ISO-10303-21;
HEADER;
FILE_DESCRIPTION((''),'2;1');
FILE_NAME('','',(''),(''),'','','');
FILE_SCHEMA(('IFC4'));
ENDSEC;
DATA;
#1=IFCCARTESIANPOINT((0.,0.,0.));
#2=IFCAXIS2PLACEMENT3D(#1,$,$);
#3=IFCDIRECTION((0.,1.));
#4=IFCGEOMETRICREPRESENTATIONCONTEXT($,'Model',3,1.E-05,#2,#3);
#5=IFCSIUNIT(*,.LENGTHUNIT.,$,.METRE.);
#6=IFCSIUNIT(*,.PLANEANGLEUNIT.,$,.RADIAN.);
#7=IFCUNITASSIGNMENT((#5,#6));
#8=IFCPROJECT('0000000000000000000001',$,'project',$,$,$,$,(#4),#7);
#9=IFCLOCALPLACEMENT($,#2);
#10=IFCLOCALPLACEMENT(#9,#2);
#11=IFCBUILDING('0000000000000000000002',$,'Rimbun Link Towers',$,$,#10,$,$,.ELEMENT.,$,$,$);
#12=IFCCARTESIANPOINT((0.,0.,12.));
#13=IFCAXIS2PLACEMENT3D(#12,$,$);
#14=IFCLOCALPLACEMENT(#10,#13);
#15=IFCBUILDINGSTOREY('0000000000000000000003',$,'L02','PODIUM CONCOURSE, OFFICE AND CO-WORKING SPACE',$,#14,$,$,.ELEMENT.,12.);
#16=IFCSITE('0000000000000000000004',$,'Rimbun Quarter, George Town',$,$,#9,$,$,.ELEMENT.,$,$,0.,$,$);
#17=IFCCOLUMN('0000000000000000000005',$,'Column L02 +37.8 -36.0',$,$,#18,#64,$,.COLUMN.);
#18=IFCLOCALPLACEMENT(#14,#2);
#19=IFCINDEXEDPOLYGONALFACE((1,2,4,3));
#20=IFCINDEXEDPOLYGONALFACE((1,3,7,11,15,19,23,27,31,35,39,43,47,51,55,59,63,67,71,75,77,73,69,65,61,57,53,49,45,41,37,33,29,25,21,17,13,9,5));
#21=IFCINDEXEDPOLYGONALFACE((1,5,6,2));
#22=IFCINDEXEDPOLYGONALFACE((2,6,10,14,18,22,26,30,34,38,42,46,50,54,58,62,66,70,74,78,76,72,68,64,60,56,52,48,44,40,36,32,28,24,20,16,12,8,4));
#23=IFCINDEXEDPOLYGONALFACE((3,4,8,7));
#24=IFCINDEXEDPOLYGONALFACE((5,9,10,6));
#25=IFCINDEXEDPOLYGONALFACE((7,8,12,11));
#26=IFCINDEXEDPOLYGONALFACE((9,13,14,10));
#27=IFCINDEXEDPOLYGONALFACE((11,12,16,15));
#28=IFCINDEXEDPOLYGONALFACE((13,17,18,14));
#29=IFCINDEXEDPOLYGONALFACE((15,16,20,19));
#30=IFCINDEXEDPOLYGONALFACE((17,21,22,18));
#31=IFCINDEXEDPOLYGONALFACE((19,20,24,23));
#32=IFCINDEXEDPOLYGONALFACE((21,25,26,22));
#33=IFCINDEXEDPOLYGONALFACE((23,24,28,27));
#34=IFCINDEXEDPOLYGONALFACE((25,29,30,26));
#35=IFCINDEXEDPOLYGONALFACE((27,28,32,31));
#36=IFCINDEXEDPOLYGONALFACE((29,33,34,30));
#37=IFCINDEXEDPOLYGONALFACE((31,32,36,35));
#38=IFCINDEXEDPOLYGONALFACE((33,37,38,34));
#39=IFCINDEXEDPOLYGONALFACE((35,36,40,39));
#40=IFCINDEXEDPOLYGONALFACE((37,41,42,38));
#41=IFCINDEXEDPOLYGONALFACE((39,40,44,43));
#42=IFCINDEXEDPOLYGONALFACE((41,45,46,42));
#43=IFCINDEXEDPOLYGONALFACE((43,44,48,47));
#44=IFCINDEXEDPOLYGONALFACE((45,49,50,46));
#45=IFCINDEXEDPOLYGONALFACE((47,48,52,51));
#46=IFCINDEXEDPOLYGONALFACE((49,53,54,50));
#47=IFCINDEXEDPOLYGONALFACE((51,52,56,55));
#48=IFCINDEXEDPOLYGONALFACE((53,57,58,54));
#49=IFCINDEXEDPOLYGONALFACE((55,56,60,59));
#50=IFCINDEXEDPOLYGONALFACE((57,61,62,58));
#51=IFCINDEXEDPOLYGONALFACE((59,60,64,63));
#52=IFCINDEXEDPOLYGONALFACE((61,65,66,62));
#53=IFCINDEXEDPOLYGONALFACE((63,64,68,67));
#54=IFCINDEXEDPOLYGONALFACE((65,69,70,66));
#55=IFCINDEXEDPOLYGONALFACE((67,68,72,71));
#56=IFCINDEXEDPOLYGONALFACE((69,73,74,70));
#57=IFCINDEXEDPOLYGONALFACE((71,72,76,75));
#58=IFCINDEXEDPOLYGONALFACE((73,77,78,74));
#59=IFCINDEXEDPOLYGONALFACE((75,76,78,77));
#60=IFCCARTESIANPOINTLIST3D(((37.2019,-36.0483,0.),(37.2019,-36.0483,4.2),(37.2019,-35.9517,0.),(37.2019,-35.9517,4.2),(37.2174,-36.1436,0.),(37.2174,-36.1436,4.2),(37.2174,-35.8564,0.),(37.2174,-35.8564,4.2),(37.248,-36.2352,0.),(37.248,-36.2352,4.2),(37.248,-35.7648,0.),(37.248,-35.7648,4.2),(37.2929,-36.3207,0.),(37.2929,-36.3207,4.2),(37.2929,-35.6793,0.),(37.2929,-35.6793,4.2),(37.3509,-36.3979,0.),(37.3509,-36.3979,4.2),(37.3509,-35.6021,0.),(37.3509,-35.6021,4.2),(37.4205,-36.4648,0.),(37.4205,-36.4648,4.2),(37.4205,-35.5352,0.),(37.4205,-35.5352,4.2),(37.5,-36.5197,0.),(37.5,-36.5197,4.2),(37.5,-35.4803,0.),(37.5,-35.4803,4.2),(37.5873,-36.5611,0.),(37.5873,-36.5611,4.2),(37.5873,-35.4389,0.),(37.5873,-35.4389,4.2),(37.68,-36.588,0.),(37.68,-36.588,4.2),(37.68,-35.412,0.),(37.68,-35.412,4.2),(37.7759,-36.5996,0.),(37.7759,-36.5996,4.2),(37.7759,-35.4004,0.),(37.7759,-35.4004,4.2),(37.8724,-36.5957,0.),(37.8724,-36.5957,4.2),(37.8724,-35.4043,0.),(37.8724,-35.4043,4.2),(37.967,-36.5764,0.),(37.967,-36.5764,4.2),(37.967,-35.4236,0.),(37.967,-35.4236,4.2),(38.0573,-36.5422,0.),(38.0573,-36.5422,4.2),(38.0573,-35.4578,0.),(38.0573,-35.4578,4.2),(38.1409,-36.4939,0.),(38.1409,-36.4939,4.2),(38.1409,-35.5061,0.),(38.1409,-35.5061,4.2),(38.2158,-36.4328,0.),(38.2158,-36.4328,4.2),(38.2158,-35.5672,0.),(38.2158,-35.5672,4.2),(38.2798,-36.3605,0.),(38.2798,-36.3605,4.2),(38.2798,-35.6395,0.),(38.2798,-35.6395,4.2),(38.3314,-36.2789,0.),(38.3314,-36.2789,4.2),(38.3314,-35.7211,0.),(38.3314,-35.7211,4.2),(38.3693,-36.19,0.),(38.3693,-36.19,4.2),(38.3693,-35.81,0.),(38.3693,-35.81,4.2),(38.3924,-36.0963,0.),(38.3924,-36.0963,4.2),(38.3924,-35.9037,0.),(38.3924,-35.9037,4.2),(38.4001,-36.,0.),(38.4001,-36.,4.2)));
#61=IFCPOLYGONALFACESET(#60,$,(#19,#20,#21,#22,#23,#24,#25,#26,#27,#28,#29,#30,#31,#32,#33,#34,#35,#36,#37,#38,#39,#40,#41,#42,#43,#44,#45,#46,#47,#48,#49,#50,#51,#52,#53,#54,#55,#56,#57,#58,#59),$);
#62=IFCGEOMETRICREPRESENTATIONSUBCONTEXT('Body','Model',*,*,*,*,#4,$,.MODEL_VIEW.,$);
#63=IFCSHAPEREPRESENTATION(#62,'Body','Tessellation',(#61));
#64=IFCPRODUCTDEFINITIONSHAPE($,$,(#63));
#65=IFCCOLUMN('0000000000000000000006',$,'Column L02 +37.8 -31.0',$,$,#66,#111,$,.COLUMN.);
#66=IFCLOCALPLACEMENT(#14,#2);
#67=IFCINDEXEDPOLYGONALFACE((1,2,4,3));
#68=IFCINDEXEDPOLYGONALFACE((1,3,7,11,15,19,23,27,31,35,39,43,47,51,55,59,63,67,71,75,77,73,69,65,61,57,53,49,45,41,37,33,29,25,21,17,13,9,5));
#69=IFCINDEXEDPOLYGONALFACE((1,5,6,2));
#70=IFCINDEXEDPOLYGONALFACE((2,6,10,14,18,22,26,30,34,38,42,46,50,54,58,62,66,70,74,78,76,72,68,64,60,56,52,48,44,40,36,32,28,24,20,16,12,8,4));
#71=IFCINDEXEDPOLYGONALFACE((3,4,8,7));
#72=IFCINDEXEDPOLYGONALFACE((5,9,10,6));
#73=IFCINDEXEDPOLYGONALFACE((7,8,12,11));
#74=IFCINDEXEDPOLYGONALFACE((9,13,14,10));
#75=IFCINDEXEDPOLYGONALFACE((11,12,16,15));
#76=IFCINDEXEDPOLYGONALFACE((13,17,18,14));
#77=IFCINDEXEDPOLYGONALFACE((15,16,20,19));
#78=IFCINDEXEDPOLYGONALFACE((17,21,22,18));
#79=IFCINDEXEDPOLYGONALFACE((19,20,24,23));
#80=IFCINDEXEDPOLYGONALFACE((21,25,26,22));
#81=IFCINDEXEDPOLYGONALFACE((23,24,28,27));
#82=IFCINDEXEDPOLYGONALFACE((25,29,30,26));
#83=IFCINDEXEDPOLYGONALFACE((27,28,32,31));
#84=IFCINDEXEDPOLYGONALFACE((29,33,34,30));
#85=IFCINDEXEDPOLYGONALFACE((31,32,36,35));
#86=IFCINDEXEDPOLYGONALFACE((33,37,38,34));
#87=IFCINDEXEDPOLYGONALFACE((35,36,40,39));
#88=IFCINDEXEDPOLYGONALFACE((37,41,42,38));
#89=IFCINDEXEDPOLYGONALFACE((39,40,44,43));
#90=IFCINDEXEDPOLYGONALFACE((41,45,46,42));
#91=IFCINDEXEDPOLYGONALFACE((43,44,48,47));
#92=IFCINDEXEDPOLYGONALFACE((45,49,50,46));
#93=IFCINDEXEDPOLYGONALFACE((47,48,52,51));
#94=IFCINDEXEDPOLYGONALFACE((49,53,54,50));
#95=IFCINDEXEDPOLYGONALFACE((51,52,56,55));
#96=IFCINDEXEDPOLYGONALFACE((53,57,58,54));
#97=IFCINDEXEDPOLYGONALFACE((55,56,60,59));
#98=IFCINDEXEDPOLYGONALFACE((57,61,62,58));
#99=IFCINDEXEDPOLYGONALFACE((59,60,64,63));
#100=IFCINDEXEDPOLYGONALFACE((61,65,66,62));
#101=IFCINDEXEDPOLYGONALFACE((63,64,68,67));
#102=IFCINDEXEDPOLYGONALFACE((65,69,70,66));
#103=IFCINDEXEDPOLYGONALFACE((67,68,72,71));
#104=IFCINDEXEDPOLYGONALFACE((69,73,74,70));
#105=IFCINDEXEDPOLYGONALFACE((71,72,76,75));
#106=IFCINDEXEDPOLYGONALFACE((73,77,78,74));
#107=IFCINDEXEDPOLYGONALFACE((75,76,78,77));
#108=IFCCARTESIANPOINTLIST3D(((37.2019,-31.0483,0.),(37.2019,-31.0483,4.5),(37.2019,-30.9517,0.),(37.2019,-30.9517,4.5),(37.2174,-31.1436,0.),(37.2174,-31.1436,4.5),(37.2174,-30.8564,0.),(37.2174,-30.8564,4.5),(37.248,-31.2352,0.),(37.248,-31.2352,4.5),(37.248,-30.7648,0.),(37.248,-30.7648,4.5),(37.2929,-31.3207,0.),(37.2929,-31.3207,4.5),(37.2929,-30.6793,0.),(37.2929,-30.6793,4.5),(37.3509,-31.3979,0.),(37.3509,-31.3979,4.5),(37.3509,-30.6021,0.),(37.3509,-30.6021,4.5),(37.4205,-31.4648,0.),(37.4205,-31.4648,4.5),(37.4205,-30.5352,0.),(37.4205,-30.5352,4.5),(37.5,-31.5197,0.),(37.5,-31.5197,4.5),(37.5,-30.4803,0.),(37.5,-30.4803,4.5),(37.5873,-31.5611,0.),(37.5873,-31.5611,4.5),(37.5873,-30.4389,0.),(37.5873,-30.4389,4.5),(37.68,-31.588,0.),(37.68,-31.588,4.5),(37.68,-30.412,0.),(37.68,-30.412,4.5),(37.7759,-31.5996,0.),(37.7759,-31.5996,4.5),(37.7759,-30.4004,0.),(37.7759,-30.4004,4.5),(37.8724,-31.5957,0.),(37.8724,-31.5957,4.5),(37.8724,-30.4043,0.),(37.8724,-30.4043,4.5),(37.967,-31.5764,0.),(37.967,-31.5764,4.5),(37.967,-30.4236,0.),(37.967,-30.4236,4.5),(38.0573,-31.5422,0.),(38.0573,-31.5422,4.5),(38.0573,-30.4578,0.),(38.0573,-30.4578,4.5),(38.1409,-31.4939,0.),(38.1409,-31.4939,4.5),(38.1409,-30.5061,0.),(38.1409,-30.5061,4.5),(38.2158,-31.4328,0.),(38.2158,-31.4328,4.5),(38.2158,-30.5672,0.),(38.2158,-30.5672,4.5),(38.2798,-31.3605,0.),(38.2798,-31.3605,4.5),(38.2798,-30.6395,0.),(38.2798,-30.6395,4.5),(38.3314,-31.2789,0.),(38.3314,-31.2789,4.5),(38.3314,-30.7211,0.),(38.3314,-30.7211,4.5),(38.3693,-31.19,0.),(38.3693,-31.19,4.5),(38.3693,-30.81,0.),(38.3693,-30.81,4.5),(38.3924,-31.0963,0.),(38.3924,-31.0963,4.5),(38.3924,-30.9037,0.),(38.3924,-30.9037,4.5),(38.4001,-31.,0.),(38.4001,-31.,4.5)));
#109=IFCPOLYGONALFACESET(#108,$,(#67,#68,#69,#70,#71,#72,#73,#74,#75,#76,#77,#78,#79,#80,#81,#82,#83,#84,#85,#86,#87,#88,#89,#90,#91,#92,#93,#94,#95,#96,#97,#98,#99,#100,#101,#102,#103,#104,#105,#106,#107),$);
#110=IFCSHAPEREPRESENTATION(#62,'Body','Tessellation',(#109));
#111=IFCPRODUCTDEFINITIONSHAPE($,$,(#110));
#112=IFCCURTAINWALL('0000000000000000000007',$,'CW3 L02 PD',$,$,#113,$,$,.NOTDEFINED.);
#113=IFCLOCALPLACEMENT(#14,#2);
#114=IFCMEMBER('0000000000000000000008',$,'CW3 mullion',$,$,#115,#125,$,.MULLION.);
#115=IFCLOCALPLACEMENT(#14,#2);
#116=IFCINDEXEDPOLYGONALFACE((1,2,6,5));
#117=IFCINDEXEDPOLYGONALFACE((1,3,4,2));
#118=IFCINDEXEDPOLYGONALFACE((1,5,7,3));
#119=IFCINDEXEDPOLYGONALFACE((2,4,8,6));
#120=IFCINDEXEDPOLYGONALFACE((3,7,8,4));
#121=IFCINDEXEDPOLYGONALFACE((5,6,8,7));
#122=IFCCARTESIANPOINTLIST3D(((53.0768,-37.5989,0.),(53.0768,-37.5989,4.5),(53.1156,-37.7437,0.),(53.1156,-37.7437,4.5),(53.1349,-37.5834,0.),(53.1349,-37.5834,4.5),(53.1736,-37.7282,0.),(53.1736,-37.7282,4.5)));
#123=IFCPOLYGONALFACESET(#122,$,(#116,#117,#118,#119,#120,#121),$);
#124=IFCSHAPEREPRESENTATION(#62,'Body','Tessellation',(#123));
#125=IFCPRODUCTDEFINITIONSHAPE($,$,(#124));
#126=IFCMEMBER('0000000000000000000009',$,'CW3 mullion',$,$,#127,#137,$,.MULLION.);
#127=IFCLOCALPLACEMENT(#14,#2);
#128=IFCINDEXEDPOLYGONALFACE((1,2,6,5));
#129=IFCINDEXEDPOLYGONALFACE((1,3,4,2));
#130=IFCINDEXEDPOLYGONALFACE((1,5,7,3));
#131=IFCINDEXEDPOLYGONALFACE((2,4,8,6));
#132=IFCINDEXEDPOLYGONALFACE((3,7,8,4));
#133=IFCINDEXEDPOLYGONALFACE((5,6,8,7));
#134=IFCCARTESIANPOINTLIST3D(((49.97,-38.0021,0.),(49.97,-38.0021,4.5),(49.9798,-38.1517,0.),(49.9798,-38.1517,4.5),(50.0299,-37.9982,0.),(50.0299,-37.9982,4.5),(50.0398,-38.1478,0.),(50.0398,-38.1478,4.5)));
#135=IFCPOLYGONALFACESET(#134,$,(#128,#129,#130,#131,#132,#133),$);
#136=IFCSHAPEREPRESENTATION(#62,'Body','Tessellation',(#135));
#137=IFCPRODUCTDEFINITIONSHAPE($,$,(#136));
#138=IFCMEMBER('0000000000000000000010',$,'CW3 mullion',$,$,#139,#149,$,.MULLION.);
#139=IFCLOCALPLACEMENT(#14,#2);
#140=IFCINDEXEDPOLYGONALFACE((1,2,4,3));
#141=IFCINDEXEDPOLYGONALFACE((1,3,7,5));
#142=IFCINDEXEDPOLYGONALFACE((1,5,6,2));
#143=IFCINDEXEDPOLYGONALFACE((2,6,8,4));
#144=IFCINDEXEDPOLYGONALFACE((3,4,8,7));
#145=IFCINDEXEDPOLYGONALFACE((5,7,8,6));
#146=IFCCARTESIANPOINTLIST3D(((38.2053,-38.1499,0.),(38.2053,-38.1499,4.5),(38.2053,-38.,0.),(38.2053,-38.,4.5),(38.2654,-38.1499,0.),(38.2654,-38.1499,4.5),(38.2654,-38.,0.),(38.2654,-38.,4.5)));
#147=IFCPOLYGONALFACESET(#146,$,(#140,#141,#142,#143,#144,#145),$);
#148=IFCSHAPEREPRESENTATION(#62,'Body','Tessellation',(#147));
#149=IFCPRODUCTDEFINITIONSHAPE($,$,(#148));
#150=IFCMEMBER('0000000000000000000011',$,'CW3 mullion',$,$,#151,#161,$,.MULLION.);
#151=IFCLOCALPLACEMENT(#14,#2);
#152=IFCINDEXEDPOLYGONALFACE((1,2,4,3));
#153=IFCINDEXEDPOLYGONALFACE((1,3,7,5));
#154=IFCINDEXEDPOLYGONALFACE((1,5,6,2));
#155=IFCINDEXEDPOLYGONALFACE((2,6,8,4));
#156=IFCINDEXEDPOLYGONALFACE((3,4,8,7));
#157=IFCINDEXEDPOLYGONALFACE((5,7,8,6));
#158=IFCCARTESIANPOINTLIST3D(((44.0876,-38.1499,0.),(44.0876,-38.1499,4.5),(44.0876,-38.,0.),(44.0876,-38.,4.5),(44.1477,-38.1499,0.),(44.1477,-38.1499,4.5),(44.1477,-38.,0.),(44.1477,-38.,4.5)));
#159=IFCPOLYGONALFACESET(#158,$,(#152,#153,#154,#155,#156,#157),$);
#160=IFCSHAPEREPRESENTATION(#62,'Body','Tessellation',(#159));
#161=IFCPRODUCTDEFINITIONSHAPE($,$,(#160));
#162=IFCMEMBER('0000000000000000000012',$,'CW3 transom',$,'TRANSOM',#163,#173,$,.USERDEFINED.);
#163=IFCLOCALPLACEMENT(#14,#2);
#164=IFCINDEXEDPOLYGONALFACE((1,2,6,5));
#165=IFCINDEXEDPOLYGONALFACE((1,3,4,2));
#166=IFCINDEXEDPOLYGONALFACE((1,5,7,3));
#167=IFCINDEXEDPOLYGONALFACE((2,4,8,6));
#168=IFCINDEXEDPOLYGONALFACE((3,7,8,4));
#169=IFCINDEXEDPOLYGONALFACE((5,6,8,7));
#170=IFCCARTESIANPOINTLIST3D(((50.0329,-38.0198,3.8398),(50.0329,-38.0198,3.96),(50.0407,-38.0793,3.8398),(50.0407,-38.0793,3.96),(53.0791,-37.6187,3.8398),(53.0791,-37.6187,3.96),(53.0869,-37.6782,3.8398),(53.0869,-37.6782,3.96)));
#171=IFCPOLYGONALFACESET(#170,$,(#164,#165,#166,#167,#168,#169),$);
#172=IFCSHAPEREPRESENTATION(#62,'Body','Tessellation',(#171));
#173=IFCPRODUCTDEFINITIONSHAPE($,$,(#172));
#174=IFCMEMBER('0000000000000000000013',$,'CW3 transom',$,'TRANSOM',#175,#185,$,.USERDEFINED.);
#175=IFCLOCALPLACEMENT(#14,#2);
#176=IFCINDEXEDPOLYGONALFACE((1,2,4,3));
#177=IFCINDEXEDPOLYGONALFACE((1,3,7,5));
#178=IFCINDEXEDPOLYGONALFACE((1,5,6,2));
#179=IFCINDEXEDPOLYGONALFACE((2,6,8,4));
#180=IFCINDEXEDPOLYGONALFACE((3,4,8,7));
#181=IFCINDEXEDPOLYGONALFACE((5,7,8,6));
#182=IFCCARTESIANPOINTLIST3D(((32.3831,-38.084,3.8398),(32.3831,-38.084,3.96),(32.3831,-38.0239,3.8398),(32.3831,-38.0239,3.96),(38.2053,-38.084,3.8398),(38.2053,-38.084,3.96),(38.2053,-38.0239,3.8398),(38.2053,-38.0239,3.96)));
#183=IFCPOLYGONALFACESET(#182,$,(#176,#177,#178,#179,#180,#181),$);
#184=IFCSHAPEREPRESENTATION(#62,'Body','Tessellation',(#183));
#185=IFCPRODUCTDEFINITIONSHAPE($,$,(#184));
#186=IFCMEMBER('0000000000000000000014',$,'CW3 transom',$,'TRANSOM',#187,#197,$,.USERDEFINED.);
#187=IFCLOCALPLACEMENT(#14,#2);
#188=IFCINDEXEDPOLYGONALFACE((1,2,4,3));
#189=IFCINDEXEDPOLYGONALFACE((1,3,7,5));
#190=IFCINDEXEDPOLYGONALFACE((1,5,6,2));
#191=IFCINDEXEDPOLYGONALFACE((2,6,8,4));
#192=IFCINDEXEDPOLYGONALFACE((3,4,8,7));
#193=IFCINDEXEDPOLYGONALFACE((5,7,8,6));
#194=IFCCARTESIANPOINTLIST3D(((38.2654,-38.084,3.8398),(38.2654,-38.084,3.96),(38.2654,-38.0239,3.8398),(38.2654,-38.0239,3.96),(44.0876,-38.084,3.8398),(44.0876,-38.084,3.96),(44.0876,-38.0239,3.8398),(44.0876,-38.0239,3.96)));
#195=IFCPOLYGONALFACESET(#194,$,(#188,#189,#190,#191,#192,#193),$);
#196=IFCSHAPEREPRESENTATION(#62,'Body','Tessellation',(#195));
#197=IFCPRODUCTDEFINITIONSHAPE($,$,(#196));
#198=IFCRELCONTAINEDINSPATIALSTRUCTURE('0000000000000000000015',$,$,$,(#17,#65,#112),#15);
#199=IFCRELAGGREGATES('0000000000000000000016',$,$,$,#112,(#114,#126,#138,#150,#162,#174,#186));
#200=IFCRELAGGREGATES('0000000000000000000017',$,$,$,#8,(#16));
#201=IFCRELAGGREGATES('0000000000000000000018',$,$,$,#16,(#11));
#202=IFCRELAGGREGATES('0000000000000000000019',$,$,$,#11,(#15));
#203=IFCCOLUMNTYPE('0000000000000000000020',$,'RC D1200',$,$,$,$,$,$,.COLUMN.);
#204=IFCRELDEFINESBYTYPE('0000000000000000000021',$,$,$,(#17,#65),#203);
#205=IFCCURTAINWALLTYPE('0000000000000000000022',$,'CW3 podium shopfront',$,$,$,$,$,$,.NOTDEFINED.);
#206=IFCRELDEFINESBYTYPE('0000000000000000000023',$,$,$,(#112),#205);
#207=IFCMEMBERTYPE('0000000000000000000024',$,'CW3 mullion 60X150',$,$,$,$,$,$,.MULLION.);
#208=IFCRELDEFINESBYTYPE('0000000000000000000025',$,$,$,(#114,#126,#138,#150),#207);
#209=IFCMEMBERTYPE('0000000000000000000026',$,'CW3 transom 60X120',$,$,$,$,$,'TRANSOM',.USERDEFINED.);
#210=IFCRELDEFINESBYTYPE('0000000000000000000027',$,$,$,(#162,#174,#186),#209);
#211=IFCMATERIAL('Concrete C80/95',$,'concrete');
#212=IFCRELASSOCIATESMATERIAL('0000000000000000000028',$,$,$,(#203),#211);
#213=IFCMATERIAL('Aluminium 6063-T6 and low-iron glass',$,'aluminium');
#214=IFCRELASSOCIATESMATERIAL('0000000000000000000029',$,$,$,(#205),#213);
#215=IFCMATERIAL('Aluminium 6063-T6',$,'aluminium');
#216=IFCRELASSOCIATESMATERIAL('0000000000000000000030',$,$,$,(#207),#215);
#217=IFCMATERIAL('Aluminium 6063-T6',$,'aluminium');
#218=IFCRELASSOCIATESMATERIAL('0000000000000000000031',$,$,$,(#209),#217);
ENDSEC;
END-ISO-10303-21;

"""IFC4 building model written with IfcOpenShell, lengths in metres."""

from ifc_helpers import new_model, si_unit, direction, frame, origin, origin_2d, place, context, subcontext, project, spatial, rectangle, circle, extrude, material, material_profile, profile_set, type_object, element, aggregate, save


model = new_model("IFC4")

# Units and contexts
model_context = context("Model", 3, precision=1e-05, world=origin(), true_north=direction((0.0, 1.0)))
body_context = subcontext(model_context, "Body", "Model", "MODEL_VIEW")
ifc_project = project(units=[si_unit("LENGTHUNIT", "METRE"), si_unit("PLANEANGLEUNIT", "RADIAN")], contexts=[model_context])

# Site, building, storey
site_placement = place(None, origin())
site = spatial("IfcSite", under=ifc_project, at=site_placement, Name="Rimbun Quarter, George Town", CompositionType="ELEMENT", RefElevation=0.0)
building_placement = place(site_placement, origin())
building = spatial("IfcBuilding", under=site, at=building_placement, Name="Rimbun Link Towers", CompositionType="ELEMENT")
storey_placement = place(building_placement, frame((0.0, 0.0, 12.0)))
storey = spatial("IfcBuildingStorey", under=building, at=storey_placement, Name="L02", Description="PODIUM CONCOURSE, OFFICE AND CO-WORKING SPACE", CompositionType="ELEMENT", Elevation=12.0)

# Columns
ifc_material_1 = material(Name="Concrete C80/95", Category="concrete")
ifc_material_profile_1 = material_profile(ifc_material_1, circle(Radius=0.6001, at=origin_2d()), Name="RC D1200")
ifc_profile_set_1 = profile_set([ifc_material_profile_1], Name="Concrete C80/95")
column_type = type_object("IfcColumnType", Name="RC D1200", PredefinedType="COLUMN", material=ifc_profile_set_1)
column_1_placement = place(storey_placement, frame((37.8, -36.0, 0.0), z_axis=(0.0, 0.0, 1.0), x_axis=(1.0, 0.0, 0.0)))
element("IfcColumn", 1, at=column_1_placement, inside=storey, type_object=column_type, Name="Column L02 +37.8 -36.0", PredefinedType="COLUMN", context=body_context, shape_type="SweptSolid", body=[
    extrude(circle(Radius=0.6001, at=origin_2d()), origin(), (0.0, 0.0, 1.0), 4.2),
])
column_2_placement = place(storey_placement, frame((37.8, -31.0, 0.0), z_axis=(0.0, 0.0, 1.0), x_axis=(1.0, 0.0, 0.0)))
element("IfcColumn", 2, at=column_2_placement, inside=storey, type_object=column_type, Name="Column L02 +37.8 -31.0", PredefinedType="COLUMN", context=body_context, shape_type="SweptSolid", body=[
    extrude(circle(Radius=0.6001, at=origin_2d()), origin(), (0.0, 0.0, 1.0), 4.5),
])

# Curtain wall, members
ifc_material_2 = material(Name="Aluminium 6063-T6 and low-iron glass", Category="aluminium")
curtain_wall_type = type_object("IfcCurtainWallType", Name="CW3 podium shopfront", PredefinedType="NOTDEFINED", material=ifc_material_2)
curtain_wall_placement = place(storey_placement, origin())
curtain_wall = element("IfcCurtainWall", 3, at=curtain_wall_placement, inside=storey, type_object=curtain_wall_type, Name="CW3 L02 PD", PredefinedType="NOTDEFINED")
ifc_material_3 = material(Name="Aluminium 6063-T6", Category="aluminium")
ifc_material_profile_2 = material_profile(ifc_material_3, rectangle(XDim=0.1499, YDim=0.0601, at=origin_2d()), Name="MULLION 60X150")
ifc_profile_set_2 = profile_set([ifc_material_profile_2], Name="Aluminium 6063-T6")
member_type_1 = type_object("IfcMemberType", Name="CW3 mullion 60X150", PredefinedType="MULLION", material=ifc_profile_set_2)
member_1_placement = place(storey_placement, frame((53.1252, -37.6636, 0.0), z_axis=(0.0, 0.0, 1.0), x_axis=(0.258819, -0.965926, 0.0)))
member_1 = element("IfcMember", 4, at=member_1_placement, type_object=member_type_1, Name="CW3 mullion", PredefinedType="MULLION", context=body_context, shape_type="SweptSolid", body=[
    extrude(rectangle(XDim=0.1499, YDim=0.0601, at=origin_2d()), origin(), (0.0, 0.0, 1.0), 4.5),
])
member_2_placement = place(storey_placement, frame((50.0049, -38.075, 0.0), z_axis=(0.0, 0.0, 1.0), x_axis=(0.065405, -0.997859, 0.0)))
member_2 = element("IfcMember", 5, at=member_2_placement, type_object=member_type_1, Name="CW3 mullion", PredefinedType="MULLION", context=body_context, shape_type="SweptSolid", body=[
    extrude(rectangle(XDim=0.1499, YDim=0.0601, at=origin_2d()), origin(), (0.0, 0.0, 1.0), 4.5),
])
member_3_placement = place(storey_placement, frame((38.2354, -38.075, 0.0), z_axis=(0.0, 0.0, 1.0), x_axis=(0.0, -1.0, 0.0)))
member_3 = element("IfcMember", 6, at=member_3_placement, type_object=member_type_1, Name="CW3 mullion", PredefinedType="MULLION", context=body_context, shape_type="SweptSolid", body=[
    extrude(rectangle(XDim=0.1499, YDim=0.0601, at=origin_2d()), origin(), (0.0, 0.0, 1.0), 4.5),
])
member_4_placement = place(storey_placement, frame((44.1177, -38.075, 0.0), z_axis=(0.0, 0.0, 1.0), x_axis=(0.0, -1.0, 0.0)))
member_4 = element("IfcMember", 7, at=member_4_placement, type_object=member_type_1, Name="CW3 mullion", PredefinedType="MULLION", context=body_context, shape_type="SweptSolid", body=[
    extrude(rectangle(XDim=0.1499, YDim=0.0601, at=origin_2d()), origin(), (0.0, 0.0, 1.0), 4.5),
])
ifc_material_4 = material(Name="Aluminium 6063-T6", Category="aluminium")
ifc_material_profile_3 = material_profile(ifc_material_4, rectangle(XDim=0.0601, YDim=0.1201, at=origin_2d()), Name="TRANSOM 60X120")
ifc_profile_set_3 = profile_set([ifc_material_profile_3], Name="Aluminium 6063-T6")
member_type_2 = type_object("IfcMemberType", Name="CW3 transom 60X120", ElementType="TRANSOM", PredefinedType="USERDEFINED", material=ifc_profile_set_3)
member_5_placement = place(storey_placement, frame((53.083, -37.6484, 3.8999), z_axis=(-0.991441, -0.130555, 0.0), x_axis=(0.130555, -0.991441, 0.0)))
member_5 = element("IfcMember", 8, at=member_5_placement, type_object=member_type_2, Name="CW3 transom", ObjectType="TRANSOM", PredefinedType="USERDEFINED", context=body_context, shape_type="SweptSolid", body=[
    extrude(rectangle(XDim=0.0601, YDim=0.1201, at=origin_2d()), origin(), (0.0, 0.0, 1.0), 3.0725),
])
member_6_placement = place(storey_placement, frame((38.2053, -38.054, 3.8999), z_axis=(-1.0, 0.0, 0.0), x_axis=(0.0, -1.0, 0.0)))
member_6 = element("IfcMember", 9, at=member_6_placement, type_object=member_type_2, Name="CW3 transom", ObjectType="TRANSOM", PredefinedType="USERDEFINED", context=body_context, shape_type="SweptSolid", body=[
    extrude(rectangle(XDim=0.0601, YDim=0.1201, at=origin_2d()), origin(), (0.0, 0.0, 1.0), 5.8223),
])
member_7_placement = place(storey_placement, frame((44.0876, -38.054, 3.8999), z_axis=(-1.0, 0.0, 0.0), x_axis=(0.0, -1.0, 0.0)))
member_7 = element("IfcMember", 10, at=member_7_placement, type_object=member_type_2, Name="CW3 transom", ObjectType="TRANSOM", PredefinedType="USERDEFINED", context=body_context, shape_type="SweptSolid", body=[
    extrude(rectangle(XDim=0.0601, YDim=0.1201, at=origin_2d()), origin(), (0.0, 0.0, 1.0), 5.8223),
])

aggregate(curtain_wall, [member_1, member_2, member_3, member_4, member_5, member_6, member_7])

save(model, "model.ifc")
